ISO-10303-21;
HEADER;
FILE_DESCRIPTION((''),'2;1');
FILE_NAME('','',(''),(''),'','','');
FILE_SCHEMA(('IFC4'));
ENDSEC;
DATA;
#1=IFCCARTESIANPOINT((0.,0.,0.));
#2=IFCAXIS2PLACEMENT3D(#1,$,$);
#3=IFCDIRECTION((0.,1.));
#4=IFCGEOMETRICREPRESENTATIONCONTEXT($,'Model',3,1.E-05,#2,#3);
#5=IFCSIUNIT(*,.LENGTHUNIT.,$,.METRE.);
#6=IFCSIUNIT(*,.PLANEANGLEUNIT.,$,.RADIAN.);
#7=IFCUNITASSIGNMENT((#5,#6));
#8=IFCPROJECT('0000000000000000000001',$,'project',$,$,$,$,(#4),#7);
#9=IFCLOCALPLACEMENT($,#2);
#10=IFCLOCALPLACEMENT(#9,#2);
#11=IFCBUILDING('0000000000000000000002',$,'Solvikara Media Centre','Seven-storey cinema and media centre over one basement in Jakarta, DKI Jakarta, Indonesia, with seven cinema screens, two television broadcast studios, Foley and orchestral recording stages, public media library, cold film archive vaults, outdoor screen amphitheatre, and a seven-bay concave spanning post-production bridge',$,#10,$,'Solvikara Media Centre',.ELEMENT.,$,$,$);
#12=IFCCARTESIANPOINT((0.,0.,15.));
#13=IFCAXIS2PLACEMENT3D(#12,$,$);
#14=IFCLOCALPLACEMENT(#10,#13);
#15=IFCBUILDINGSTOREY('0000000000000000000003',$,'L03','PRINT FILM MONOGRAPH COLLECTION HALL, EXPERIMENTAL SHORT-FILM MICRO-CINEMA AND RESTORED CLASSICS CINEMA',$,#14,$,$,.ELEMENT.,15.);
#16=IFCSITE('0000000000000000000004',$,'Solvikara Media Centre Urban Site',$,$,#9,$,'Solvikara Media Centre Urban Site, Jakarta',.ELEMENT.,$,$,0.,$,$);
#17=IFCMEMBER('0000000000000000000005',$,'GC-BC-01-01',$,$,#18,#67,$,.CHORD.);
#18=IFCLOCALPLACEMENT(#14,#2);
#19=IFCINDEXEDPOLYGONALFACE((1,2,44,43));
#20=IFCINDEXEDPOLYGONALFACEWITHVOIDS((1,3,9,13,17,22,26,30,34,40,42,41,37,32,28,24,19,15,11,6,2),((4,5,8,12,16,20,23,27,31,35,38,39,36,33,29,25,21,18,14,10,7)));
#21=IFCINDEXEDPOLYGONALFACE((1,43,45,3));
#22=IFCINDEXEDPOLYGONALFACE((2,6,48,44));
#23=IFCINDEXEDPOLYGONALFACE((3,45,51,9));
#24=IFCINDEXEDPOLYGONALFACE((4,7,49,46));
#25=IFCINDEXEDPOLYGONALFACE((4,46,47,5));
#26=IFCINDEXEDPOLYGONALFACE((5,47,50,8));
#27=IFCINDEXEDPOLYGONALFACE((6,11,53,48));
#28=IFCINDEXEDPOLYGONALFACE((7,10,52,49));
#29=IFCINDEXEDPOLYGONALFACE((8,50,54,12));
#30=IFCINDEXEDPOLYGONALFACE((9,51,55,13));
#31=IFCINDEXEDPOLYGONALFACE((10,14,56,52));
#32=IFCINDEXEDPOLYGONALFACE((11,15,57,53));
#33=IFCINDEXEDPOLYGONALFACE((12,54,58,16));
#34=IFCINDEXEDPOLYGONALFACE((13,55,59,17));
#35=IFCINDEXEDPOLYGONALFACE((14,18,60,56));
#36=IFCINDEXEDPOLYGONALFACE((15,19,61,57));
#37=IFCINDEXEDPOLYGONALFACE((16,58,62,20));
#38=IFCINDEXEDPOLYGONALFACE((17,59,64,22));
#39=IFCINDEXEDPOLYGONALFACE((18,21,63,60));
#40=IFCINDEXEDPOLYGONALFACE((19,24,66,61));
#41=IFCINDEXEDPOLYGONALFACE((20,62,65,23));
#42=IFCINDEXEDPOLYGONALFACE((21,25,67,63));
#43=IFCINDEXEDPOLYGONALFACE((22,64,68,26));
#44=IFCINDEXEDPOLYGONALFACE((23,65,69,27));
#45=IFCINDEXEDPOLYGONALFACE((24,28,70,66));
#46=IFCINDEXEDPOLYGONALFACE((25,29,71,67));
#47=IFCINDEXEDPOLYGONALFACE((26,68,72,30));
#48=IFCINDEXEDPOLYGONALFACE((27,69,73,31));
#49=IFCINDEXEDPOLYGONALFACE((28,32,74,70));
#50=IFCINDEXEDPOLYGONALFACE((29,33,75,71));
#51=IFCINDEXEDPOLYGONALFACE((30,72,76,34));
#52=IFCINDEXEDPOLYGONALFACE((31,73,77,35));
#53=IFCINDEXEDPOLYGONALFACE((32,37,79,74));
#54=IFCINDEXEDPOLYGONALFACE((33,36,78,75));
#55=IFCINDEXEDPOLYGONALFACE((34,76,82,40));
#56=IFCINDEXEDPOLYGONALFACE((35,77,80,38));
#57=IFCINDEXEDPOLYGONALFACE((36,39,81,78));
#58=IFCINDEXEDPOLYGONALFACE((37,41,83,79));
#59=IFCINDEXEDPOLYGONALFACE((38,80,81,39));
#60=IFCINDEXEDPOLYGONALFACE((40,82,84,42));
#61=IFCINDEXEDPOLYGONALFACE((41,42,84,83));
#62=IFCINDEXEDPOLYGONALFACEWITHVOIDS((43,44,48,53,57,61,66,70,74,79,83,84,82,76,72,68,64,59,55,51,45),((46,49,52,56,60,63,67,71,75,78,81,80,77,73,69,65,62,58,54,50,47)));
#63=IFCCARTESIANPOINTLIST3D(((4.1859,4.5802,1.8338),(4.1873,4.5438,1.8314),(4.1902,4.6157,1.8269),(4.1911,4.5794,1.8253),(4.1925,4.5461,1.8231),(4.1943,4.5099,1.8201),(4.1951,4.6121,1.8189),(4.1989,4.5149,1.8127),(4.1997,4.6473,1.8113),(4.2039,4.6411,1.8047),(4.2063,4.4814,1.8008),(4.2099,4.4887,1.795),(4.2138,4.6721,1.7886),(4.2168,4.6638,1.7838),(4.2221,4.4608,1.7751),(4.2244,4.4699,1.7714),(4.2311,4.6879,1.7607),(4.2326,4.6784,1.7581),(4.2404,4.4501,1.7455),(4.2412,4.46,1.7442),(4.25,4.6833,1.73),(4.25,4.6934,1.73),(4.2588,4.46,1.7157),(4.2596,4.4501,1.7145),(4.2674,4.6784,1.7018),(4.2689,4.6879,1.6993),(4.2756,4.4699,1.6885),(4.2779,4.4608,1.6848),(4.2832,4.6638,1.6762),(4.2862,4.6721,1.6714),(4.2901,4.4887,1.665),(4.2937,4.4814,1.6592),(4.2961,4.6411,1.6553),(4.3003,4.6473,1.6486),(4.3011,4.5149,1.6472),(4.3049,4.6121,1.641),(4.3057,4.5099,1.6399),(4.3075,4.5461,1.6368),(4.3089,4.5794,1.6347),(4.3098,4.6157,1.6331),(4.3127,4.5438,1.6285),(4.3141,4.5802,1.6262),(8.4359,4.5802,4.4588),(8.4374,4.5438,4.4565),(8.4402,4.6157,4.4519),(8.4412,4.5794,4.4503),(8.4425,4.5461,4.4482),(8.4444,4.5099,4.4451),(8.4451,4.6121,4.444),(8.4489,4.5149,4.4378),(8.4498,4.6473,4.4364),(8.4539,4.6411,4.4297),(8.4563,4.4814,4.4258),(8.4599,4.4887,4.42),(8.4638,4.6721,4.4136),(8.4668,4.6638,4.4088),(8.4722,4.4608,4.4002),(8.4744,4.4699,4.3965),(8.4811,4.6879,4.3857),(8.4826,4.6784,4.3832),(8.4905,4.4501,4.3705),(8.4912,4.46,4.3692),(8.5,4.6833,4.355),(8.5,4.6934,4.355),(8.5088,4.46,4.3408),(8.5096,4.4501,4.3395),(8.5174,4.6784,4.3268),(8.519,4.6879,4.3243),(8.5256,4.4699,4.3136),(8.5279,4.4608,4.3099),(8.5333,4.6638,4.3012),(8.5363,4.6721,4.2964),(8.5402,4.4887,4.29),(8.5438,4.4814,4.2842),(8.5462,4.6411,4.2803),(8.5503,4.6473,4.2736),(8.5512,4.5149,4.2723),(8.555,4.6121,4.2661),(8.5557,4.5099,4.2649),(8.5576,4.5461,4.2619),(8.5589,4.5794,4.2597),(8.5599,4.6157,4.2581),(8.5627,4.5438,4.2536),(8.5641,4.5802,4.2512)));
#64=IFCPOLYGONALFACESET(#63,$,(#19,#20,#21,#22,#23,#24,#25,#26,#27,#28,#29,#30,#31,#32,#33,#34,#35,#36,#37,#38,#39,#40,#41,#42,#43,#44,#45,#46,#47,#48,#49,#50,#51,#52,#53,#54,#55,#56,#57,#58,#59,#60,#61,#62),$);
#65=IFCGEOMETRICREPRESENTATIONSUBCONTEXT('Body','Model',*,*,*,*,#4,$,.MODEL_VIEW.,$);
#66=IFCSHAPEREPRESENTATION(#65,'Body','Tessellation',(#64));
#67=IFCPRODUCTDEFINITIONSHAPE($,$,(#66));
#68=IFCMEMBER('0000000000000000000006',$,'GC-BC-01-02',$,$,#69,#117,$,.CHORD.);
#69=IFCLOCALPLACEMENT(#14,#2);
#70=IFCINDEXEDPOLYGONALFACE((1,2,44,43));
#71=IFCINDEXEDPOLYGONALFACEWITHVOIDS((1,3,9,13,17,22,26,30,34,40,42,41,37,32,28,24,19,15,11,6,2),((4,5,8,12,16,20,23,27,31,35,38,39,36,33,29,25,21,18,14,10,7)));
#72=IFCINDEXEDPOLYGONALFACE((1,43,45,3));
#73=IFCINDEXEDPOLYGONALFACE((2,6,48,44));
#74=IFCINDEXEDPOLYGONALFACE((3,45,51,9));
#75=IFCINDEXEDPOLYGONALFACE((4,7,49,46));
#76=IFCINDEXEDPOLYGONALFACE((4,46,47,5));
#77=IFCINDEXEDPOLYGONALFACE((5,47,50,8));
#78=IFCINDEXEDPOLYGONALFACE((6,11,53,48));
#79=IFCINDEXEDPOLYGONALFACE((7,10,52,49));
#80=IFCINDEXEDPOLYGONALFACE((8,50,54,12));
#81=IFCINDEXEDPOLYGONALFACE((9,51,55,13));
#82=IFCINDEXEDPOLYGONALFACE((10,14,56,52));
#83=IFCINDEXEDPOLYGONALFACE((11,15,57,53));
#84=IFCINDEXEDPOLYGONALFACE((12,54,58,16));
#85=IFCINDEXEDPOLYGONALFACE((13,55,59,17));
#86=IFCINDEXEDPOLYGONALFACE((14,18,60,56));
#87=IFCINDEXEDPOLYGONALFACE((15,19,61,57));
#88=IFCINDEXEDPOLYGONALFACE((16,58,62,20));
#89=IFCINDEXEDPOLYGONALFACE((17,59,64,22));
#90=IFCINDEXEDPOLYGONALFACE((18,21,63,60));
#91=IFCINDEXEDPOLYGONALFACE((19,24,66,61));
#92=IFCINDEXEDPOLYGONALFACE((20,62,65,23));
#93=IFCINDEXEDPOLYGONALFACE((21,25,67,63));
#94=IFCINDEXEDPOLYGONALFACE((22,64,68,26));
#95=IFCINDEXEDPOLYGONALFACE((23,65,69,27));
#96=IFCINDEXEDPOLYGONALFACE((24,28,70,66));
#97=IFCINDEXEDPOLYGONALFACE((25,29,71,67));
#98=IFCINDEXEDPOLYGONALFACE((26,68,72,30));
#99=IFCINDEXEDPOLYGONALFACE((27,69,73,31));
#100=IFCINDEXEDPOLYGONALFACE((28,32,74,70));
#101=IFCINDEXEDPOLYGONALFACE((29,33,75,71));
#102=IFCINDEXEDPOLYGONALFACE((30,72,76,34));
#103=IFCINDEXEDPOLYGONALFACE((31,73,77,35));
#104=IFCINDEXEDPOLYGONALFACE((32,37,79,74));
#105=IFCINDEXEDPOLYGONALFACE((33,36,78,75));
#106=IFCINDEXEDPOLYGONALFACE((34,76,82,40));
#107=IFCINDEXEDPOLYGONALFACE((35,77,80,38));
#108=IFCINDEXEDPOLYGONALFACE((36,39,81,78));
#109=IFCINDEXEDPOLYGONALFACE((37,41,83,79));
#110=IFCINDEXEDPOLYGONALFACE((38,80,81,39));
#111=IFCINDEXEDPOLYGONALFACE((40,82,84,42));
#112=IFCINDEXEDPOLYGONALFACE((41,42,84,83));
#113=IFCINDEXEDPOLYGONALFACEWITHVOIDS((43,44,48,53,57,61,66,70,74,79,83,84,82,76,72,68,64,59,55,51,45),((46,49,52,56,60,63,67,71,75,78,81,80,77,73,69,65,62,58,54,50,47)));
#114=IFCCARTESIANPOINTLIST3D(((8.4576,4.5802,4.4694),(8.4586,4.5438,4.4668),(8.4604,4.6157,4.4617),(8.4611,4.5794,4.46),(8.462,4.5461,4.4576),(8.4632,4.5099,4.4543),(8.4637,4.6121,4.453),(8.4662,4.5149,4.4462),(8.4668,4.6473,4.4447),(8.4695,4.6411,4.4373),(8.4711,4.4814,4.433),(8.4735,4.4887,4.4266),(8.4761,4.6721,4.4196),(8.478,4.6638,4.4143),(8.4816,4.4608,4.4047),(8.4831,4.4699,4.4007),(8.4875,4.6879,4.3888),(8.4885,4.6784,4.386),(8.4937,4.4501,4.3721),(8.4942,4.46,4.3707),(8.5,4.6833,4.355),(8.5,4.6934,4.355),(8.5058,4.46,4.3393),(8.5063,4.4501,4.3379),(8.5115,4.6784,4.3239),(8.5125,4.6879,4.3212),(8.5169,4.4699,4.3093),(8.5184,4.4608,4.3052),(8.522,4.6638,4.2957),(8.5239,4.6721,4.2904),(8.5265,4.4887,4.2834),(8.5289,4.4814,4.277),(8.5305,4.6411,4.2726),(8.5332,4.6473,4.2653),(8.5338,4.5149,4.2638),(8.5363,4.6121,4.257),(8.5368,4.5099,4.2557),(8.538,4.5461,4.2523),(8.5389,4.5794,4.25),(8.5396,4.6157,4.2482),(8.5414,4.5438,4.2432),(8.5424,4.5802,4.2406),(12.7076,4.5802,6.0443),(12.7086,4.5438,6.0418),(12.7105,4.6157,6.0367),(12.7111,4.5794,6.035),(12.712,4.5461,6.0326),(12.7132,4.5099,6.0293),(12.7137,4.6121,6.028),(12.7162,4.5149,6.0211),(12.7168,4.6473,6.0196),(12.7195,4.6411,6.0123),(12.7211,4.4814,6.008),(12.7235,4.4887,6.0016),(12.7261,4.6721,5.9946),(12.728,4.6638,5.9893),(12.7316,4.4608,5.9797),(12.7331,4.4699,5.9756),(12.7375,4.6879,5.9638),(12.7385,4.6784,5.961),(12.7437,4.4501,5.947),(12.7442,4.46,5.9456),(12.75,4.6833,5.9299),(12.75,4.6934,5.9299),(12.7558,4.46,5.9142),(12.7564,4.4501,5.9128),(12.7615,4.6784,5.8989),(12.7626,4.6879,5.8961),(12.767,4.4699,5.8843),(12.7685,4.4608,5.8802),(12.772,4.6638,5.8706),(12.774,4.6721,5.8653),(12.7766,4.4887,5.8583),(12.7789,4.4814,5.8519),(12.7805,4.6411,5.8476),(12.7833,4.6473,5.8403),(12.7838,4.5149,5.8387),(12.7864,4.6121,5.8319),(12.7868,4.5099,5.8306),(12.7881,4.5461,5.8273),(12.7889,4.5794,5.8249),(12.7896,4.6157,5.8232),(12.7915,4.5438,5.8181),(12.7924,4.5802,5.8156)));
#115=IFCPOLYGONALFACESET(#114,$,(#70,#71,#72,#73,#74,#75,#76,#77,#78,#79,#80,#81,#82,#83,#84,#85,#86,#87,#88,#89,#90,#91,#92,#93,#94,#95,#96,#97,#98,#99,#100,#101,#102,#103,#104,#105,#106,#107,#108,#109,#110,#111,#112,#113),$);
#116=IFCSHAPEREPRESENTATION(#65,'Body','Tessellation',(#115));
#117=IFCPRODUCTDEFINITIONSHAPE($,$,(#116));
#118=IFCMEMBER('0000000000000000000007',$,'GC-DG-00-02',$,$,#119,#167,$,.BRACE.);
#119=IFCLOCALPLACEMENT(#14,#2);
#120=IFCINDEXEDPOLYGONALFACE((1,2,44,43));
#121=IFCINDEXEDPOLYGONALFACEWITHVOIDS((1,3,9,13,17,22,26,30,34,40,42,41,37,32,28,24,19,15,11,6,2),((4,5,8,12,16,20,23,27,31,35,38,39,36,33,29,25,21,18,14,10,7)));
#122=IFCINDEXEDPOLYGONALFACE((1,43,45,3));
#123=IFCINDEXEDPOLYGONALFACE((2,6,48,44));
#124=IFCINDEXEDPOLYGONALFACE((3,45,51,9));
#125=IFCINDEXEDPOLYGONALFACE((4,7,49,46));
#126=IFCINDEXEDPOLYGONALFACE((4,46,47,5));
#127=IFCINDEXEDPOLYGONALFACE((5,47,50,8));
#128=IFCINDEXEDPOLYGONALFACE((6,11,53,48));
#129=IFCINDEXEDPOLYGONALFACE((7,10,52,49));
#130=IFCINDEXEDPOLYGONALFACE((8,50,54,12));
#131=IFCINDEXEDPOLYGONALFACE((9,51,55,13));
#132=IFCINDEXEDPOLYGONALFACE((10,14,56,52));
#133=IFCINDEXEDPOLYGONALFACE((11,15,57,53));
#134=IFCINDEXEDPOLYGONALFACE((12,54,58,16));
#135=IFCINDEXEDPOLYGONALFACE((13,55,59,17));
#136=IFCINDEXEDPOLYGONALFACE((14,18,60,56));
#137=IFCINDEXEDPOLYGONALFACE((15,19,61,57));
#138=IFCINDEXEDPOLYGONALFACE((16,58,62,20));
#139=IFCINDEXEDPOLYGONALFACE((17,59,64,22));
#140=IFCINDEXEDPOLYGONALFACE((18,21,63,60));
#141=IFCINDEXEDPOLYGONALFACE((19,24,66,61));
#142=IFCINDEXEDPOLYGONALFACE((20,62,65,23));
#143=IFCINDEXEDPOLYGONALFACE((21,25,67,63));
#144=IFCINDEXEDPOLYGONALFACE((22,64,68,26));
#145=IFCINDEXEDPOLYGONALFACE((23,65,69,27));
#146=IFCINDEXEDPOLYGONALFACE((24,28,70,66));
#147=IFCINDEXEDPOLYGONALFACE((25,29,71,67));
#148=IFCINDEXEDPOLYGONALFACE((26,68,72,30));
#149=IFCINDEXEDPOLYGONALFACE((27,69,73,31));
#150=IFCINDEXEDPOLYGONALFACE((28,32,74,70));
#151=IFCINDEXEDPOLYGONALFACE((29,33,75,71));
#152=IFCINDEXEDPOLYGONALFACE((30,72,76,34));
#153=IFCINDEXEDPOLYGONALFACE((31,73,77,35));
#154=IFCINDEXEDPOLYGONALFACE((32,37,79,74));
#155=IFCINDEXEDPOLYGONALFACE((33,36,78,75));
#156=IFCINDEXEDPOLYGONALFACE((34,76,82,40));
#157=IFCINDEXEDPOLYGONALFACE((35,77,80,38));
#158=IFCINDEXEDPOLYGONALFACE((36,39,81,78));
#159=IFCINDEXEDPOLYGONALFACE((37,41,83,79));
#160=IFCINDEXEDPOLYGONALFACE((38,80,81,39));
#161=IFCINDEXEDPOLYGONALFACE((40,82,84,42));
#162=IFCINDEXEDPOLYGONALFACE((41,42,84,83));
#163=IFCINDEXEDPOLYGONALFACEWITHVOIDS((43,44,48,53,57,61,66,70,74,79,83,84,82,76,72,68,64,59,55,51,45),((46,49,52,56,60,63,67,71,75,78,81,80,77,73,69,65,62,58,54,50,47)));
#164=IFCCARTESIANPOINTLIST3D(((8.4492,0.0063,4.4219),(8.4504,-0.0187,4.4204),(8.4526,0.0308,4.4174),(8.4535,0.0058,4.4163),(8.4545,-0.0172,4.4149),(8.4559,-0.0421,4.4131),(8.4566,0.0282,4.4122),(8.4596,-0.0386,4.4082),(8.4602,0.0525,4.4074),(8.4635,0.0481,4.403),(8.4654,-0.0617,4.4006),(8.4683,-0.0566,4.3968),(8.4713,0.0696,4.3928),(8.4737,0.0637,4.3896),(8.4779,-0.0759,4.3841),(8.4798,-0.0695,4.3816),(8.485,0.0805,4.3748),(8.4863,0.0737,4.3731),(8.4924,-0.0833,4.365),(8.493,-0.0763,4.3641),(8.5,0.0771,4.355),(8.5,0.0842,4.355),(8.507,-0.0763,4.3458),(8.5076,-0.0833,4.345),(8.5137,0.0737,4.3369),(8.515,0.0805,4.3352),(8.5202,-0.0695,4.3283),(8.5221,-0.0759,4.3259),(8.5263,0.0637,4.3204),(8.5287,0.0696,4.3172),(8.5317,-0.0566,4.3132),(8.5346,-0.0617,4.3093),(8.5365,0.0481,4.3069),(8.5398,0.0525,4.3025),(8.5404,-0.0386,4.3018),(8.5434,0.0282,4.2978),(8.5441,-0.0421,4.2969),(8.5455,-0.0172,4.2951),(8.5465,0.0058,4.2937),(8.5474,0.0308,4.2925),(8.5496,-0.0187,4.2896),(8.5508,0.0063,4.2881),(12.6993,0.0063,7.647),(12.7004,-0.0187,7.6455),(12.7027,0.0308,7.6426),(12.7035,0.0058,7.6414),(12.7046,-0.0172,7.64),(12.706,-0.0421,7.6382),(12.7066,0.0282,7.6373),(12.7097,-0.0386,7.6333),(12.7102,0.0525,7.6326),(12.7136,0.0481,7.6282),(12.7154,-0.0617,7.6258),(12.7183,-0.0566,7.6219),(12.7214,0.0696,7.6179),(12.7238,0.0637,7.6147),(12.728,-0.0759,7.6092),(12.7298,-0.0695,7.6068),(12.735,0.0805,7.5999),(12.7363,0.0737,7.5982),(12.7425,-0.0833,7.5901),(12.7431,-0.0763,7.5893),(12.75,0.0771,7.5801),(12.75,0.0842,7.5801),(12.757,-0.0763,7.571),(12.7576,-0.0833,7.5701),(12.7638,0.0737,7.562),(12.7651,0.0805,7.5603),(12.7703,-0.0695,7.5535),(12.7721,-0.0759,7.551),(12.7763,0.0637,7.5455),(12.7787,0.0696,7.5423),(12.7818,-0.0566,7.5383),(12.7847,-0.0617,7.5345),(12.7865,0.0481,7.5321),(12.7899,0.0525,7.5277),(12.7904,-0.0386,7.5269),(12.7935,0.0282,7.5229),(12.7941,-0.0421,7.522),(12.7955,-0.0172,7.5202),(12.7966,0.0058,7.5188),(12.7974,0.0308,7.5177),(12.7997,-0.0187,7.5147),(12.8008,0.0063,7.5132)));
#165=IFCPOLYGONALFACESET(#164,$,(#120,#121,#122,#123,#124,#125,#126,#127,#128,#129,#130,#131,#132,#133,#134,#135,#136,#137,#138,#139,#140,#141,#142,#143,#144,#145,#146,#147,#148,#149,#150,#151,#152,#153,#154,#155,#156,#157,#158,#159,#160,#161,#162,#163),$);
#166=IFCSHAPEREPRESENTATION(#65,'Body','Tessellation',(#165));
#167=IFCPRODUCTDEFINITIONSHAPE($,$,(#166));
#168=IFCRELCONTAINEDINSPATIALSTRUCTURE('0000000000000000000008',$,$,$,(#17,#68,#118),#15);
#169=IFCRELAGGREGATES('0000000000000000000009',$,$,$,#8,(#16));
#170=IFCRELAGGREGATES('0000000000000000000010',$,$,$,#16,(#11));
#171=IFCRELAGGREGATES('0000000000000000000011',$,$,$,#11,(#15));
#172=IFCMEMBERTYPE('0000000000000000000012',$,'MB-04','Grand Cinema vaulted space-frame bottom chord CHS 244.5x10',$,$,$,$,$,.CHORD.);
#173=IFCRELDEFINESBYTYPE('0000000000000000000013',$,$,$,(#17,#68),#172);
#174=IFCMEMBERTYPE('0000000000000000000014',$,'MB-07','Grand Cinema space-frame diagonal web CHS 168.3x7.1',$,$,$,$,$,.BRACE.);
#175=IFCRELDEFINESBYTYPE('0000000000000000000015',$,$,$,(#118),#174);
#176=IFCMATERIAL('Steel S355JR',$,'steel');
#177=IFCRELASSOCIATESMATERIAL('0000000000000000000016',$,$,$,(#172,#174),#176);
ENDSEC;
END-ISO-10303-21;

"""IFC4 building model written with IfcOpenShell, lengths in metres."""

from ifc_helpers import new_model, si_unit, direction, frame, origin, origin_2d, place, context, subcontext, project, spatial, hollow_circle, extrude, material, material_profile, profile_set, type_object, element, save


model = new_model("IFC4")

# Units and contexts
model_context = context("Model", 3, precision=1e-05, world=origin(), true_north=direction((0.0, 1.0)))
body_context = subcontext(model_context, "Body", "Model", "MODEL_VIEW")
ifc_project = project(units=[si_unit("LENGTHUNIT", "METRE"), si_unit("PLANEANGLEUNIT", "RADIAN")], contexts=[model_context])

# Site, building, storey
site_placement = place(None, origin())
site = spatial("IfcSite", under=ifc_project, at=site_placement, Name="Solvikara Media Centre Urban Site", LongName="Solvikara Media Centre Urban Site, Jakarta", CompositionType="ELEMENT", RefElevation=0.0)
building_placement = place(site_placement, origin())
building = spatial("IfcBuilding", under=site, at=building_placement, Name="Solvikara Media Centre", Description="Seven-storey cinema and media centre over one basement in Jakarta, DKI Jakarta, Indonesia, with seven cinema screens, two television broadcast studios, Foley and orchestral recording stages, public media library, cold film archive vaults, outdoor screen amphitheatre, and a seven-bay concave spanning post-production bridge", LongName="Solvikara Media Centre", CompositionType="ELEMENT")
storey_placement = place(building_placement, frame((0.0, 0.0, 15.0)))
storey = spatial("IfcBuildingStorey", under=building, at=storey_placement, Name="L03", Description="PRINT FILM MONOGRAPH COLLECTION HALL, EXPERIMENTAL SHORT-FILM MICRO-CINEMA AND RESTORED CLASSICS CINEMA", CompositionType="ELEMENT", Elevation=15.0)

# Shared definitions
ifc_material_1 = material(Name="Steel S355JR", Category="steel")

# Members
ifc_material_profile_1 = material_profile(ifc_material_1, hollow_circle(Radius=0.1223, WallThickness=0.01, at=origin_2d()), Name="CHS 244.5x10")
ifc_profile_set_1 = profile_set([ifc_material_profile_1], Name="Steel S355JR")
member_type_1 = type_object("IfcMemberType", Name="MB-04", Description="Grand Cinema vaulted space-frame bottom chord CHS 244.5x10", PredefinedType="CHORD", material=ifc_profile_set_1)
member_1_placement = place(storey_placement, frame((4.25, 4.571, 1.73), z_axis=(0.850798, 0.0, 0.525493), x_axis=(0.0, 1.0, 0.0)))
element("IfcMember", 1, at=member_1_placement, inside=storey, type_object=member_type_1, Name="GC-BC-01-01", PredefinedType="CHORD", context=body_context, shape_type="SweptSolid", body=[
    extrude(hollow_circle(Radius=0.1223, WallThickness=0.01, at=origin_2d()), origin(), (0.0, 0.0, 1.0), 4.9954),
])
member_2_placement = place(storey_placement, frame((8.5, 4.571, 4.355), z_axis=(0.937686, 0.0, 0.347485), x_axis=(0.0, 1.0, 0.0)))
element("IfcMember", 2, at=member_2_placement, inside=storey, type_object=member_type_1, Name="GC-BC-01-02", PredefinedType="CHORD", context=body_context, shape_type="SweptSolid", body=[
    extrude(hollow_circle(Radius=0.1223, WallThickness=0.01, at=origin_2d()), origin(), (0.0, 0.0, 1.0), 4.5325),
])
ifc_material_profile_2 = material_profile(ifc_material_1, hollow_circle(Radius=0.0842, WallThickness=0.0071, at=origin_2d()), Name="CHS 168.3x7.1")
ifc_profile_set_2 = profile_set([ifc_material_profile_2], Name="Steel S355JR")
member_type_2 = type_object("IfcMemberType", Name="MB-07", Description="Grand Cinema space-frame diagonal web CHS 168.3x7.1", PredefinedType="BRACE", material=ifc_profile_set_2)
member_3_placement = place(storey_placement, frame((8.5, 0.0, 4.355), z_axis=(0.796605, 0.0, 0.604501), x_axis=(0.0, 1.0, 0.0)))
element("IfcMember", 3, at=member_3_placement, inside=storey, type_object=member_type_2, Name="GC-DG-00-02", PredefinedType="BRACE", context=body_context, shape_type="SweptSolid", body=[
    extrude(hollow_circle(Radius=0.0842, WallThickness=0.0071, at=origin_2d()), origin(), (0.0, 0.0, 1.0), 5.3352),
])

save(model, "model.ifc")
